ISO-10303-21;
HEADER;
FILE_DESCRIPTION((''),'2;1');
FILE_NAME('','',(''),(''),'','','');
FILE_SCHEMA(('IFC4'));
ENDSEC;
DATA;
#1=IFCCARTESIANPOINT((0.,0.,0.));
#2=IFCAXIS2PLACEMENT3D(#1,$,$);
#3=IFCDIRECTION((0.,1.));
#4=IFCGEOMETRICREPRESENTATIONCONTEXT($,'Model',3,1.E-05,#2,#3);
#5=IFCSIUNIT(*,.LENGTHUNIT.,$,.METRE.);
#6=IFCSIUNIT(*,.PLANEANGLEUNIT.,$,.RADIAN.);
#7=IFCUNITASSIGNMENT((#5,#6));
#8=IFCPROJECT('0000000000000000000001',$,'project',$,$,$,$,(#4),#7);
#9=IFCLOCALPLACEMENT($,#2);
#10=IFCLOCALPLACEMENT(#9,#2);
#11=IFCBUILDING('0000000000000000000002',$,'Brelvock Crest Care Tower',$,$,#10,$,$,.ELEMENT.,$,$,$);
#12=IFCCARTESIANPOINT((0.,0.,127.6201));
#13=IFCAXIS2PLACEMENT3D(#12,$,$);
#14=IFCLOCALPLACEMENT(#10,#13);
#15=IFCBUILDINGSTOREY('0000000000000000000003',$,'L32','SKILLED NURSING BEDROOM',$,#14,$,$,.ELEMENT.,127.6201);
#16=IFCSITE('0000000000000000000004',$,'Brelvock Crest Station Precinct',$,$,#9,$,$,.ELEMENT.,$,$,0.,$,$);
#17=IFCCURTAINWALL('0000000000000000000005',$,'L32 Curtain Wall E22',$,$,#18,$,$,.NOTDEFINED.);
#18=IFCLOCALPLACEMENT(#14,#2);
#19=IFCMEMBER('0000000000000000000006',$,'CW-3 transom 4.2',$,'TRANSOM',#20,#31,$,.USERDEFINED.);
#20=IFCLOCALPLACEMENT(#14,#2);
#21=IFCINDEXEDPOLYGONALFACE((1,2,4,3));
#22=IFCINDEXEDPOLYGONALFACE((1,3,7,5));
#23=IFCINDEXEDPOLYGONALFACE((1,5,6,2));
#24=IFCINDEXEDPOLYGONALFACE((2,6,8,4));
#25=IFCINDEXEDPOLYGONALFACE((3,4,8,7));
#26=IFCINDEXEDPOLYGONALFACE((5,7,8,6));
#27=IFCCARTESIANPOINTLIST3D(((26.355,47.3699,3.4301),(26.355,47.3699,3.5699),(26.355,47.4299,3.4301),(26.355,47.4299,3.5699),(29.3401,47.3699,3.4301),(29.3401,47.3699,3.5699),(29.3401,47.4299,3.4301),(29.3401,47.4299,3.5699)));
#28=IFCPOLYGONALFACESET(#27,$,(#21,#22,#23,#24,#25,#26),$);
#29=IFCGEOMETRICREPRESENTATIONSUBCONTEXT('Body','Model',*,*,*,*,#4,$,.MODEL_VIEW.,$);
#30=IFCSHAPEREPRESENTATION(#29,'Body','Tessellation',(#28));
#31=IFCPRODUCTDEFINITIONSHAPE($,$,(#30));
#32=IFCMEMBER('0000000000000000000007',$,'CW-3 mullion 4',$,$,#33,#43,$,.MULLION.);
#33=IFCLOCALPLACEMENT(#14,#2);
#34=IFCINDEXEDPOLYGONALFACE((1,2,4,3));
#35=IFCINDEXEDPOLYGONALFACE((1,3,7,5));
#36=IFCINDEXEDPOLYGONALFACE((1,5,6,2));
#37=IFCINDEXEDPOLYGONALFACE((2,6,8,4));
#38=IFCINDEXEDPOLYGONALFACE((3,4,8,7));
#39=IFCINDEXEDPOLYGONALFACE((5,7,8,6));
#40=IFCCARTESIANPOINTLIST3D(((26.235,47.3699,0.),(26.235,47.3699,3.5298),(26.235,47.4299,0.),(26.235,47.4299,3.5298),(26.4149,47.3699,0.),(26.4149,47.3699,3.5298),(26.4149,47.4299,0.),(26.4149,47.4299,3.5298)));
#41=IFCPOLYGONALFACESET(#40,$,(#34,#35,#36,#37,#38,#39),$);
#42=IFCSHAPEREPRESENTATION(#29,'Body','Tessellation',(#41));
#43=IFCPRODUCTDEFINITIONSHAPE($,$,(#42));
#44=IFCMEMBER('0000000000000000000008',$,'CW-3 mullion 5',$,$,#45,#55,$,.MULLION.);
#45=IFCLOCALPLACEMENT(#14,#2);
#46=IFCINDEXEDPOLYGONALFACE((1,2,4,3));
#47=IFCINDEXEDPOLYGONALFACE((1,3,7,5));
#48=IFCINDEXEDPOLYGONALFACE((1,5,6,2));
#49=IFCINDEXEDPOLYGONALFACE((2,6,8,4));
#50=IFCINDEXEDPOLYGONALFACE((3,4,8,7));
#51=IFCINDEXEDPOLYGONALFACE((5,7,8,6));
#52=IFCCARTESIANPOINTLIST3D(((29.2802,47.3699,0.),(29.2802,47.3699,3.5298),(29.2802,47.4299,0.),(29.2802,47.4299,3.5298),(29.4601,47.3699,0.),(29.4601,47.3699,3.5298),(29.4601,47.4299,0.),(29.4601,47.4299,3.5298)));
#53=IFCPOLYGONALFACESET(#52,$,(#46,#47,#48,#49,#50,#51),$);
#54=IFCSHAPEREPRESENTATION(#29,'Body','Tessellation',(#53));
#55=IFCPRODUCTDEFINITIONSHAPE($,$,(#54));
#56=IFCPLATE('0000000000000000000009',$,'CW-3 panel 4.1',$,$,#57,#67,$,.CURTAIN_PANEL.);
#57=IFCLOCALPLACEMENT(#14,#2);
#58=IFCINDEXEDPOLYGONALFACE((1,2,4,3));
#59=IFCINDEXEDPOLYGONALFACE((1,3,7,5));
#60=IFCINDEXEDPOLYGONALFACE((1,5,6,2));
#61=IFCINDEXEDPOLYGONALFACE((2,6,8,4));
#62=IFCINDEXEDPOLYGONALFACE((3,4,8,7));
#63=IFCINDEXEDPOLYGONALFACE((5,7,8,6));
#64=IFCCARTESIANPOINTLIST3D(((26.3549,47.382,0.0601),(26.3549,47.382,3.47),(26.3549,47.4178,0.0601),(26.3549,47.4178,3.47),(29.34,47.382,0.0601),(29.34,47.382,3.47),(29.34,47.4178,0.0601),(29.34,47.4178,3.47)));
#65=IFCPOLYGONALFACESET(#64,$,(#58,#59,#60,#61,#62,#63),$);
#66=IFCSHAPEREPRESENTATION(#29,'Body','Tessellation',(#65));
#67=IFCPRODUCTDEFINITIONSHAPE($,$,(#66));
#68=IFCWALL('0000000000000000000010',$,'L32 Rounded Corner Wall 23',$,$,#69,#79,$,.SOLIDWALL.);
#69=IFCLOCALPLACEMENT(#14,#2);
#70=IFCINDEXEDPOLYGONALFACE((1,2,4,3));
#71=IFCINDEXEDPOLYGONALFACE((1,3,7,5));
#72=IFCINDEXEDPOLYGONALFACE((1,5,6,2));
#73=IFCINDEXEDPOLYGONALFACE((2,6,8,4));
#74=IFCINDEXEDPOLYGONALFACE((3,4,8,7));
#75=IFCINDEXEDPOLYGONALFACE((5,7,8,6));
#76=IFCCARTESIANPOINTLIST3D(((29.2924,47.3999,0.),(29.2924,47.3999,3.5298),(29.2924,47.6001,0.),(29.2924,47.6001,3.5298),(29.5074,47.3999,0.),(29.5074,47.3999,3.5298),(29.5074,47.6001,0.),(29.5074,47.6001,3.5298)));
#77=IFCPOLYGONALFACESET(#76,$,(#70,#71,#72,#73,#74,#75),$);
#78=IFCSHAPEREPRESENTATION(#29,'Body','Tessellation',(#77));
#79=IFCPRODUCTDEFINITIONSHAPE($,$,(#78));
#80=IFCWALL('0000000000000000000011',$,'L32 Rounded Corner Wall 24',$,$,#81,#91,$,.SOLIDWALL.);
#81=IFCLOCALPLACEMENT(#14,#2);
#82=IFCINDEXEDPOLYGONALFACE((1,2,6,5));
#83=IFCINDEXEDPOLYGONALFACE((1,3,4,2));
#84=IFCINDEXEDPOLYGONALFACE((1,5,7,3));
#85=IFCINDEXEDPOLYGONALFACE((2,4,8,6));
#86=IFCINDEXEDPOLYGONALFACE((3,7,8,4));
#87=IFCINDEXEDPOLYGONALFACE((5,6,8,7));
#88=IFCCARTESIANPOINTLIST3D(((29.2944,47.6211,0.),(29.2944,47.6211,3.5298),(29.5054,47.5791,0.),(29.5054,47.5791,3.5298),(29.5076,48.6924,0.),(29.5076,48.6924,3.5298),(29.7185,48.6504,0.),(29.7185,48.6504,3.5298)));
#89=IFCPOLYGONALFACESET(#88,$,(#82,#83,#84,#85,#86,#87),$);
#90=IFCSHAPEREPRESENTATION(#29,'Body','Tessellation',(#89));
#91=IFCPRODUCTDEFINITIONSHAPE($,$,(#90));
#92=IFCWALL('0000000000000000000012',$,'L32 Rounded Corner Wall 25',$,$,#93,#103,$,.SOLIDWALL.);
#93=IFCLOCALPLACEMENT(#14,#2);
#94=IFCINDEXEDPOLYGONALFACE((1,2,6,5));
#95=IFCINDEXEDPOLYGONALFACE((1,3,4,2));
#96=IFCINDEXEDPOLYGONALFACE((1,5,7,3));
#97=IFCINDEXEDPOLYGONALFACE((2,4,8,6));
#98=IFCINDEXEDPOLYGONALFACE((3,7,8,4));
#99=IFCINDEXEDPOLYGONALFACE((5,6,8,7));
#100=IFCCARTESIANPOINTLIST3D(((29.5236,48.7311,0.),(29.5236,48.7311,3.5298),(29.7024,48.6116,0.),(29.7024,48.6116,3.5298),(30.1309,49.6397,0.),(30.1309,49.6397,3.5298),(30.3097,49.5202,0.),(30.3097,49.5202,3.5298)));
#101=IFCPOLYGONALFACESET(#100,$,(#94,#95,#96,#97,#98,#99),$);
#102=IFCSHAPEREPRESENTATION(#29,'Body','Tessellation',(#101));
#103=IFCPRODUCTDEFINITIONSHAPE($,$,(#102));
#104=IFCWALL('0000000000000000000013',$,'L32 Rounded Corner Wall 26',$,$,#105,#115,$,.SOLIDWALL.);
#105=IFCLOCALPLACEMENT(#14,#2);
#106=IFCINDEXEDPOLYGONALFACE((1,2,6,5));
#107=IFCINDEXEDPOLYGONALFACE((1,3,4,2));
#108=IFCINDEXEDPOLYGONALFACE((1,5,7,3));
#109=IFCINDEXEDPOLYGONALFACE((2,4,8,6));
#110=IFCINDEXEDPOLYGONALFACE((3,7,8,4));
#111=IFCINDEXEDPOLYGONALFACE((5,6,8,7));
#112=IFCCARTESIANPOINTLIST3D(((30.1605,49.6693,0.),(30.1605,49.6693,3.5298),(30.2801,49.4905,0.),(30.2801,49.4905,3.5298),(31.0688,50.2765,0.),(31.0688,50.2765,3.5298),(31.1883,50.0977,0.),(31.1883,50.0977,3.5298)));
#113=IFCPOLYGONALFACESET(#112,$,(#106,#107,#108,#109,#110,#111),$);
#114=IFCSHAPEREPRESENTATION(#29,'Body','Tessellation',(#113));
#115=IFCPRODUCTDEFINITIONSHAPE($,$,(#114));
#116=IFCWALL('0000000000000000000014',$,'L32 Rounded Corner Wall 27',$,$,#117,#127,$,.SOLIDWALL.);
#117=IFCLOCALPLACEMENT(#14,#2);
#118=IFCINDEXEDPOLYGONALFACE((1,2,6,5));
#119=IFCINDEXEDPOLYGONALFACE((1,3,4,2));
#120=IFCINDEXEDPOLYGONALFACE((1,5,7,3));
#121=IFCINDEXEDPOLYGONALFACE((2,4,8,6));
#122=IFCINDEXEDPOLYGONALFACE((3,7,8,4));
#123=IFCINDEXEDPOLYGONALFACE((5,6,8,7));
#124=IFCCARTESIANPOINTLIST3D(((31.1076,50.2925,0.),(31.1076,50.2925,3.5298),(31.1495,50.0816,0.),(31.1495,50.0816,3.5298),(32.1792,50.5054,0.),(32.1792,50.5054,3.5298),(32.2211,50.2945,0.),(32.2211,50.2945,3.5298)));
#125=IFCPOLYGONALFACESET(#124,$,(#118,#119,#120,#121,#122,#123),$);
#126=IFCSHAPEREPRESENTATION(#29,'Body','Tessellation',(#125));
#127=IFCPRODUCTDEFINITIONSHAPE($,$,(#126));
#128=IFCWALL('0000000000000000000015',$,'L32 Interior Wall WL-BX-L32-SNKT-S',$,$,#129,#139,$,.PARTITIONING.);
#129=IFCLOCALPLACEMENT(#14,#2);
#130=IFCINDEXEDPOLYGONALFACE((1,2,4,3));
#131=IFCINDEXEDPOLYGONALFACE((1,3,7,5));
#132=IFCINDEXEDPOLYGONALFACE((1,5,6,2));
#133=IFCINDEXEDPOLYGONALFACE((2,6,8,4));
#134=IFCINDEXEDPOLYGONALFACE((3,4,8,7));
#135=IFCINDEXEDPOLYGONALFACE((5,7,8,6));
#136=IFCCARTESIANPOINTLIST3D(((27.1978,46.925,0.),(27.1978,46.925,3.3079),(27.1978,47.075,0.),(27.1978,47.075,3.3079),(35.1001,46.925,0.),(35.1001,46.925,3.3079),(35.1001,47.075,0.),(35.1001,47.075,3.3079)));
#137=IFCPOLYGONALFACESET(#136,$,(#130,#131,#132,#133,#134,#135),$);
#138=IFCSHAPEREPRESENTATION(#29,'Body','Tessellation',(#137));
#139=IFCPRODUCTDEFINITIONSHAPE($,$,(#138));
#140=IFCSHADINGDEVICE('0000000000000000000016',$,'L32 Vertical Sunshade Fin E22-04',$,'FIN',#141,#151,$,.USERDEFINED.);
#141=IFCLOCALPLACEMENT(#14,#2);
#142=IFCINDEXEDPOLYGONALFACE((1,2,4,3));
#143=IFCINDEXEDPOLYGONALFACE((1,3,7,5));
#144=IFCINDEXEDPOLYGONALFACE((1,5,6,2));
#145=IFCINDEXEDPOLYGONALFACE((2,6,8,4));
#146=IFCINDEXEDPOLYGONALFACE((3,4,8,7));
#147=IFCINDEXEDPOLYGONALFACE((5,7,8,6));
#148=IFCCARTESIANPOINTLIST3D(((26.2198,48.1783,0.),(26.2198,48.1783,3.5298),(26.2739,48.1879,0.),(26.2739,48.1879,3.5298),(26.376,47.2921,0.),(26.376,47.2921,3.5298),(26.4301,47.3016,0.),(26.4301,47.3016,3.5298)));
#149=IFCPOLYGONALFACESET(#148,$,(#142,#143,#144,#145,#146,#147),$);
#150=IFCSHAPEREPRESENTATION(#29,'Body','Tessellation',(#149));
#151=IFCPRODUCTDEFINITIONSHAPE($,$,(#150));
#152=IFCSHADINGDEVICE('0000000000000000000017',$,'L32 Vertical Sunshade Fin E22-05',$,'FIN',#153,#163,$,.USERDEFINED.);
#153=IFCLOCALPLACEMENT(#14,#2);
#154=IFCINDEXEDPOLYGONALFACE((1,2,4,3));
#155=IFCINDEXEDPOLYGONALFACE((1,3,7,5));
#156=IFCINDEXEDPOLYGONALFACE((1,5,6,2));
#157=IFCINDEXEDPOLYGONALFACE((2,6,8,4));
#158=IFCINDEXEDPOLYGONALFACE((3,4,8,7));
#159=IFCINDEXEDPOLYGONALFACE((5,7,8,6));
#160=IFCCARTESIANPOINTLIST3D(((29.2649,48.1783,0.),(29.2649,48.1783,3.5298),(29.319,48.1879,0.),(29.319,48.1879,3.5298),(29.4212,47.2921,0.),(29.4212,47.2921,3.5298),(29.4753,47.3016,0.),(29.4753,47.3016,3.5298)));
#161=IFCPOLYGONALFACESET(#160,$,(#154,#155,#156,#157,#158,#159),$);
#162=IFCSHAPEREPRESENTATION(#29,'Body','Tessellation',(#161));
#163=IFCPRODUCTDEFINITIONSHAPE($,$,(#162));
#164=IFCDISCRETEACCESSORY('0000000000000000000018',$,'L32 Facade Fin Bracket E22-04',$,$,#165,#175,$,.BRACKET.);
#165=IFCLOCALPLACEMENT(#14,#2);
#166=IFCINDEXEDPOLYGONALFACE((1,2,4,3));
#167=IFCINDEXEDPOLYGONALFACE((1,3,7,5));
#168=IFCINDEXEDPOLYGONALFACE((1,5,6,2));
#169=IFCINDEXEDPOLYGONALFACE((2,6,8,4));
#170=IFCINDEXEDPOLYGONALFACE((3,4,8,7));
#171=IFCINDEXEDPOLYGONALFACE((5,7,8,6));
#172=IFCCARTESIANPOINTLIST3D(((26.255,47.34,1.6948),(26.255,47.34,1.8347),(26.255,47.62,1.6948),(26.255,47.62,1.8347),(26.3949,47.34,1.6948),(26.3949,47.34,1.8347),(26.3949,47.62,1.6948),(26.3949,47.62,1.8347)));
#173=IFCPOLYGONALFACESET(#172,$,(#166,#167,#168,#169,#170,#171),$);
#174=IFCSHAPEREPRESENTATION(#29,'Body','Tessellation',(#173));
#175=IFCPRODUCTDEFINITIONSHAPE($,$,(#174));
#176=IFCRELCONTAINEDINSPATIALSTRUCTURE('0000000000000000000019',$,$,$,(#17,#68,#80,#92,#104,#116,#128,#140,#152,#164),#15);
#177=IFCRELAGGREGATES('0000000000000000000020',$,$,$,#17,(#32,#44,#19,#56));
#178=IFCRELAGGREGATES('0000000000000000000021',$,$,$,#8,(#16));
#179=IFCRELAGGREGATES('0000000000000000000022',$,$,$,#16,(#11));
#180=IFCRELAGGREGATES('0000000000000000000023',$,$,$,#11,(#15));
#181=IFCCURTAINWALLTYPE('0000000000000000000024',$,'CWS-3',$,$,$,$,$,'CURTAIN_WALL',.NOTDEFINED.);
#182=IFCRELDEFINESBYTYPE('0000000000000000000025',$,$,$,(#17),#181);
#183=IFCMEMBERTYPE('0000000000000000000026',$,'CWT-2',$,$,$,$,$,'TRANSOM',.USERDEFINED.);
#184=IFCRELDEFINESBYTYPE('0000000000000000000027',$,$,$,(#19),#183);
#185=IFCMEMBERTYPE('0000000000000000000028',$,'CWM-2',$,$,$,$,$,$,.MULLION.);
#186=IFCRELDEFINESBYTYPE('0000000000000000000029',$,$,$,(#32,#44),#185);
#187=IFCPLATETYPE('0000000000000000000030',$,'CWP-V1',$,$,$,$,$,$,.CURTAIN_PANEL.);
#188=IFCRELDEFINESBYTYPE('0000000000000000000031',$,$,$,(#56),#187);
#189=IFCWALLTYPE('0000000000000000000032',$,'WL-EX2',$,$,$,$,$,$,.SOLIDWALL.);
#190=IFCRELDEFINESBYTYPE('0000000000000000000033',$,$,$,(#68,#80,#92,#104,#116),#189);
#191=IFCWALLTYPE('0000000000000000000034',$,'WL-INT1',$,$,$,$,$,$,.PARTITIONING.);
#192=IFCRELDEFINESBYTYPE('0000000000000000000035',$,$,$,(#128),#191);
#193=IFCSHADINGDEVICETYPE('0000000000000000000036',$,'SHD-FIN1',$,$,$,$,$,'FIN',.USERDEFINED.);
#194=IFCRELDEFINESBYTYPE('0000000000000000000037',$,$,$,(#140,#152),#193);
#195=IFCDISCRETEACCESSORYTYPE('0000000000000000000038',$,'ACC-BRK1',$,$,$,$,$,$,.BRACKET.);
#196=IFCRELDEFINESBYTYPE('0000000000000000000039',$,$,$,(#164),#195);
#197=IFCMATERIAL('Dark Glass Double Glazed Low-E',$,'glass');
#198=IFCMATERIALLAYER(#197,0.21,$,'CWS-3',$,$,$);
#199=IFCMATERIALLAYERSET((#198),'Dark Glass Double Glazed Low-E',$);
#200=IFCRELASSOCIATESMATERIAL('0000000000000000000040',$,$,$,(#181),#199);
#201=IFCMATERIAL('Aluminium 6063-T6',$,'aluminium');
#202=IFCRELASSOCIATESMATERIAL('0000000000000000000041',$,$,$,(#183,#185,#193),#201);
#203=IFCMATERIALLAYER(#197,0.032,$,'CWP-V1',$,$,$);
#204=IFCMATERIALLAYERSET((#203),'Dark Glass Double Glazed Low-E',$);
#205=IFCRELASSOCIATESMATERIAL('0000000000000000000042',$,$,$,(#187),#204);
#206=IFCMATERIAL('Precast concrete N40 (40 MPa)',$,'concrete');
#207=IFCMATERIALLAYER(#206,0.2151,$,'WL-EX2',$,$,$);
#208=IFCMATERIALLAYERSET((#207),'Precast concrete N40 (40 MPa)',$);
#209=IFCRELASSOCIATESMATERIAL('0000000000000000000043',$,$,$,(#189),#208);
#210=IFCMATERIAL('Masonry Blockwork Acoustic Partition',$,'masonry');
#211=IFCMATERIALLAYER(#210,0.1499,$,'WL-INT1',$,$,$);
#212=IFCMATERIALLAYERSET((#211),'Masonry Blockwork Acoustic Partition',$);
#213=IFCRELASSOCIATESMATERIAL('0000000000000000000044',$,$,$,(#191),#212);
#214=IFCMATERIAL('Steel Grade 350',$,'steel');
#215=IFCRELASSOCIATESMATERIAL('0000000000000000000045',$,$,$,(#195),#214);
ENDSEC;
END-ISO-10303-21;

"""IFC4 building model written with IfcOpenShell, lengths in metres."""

from ifc_helpers import new_model, si_unit, direction, frame, frame_2d, origin, origin_2d, place, context, subcontext, project, spatial, rectangle, extrude, source, transform, mapped, material, layer, layer_set, material_profile, profile_set, type_object, element, aggregate, save


model = new_model("IFC4")

# Units and contexts
model_context = context("Model", 3, precision=1e-05, world=origin(), true_north=direction((0.0, 1.0)))
body_context = subcontext(model_context, "Body", "Model", "MODEL_VIEW")
ifc_project = project(units=[si_unit("LENGTHUNIT", "METRE"), si_unit("PLANEANGLEUNIT", "RADIAN")], contexts=[model_context])

# Site, building, storey
site_placement = place(None, origin())
site = spatial("IfcSite", under=ifc_project, at=site_placement, Name="Brelvock Crest Station Precinct", CompositionType="ELEMENT", RefElevation=0.0)
building_placement = place(site_placement, origin())
building = spatial("IfcBuilding", under=site, at=building_placement, Name="Brelvock Crest Care Tower", CompositionType="ELEMENT")
storey_placement = place(building_placement, frame((0.0, 0.0, 127.6201)))
storey = spatial("IfcBuildingStorey", under=building, at=storey_placement, Name="L32", Description="SKILLED NURSING BEDROOM", CompositionType="ELEMENT", Elevation=127.6201)

# Shared definitions
ifc_material_1 = material(Name="Steel Grade 350", Category="steel")

# Curtain wall, members, plate
ifc_material_2 = material(Name="Dark Glass Double Glazed Low-E", Category="glass")
ifc_layer_1 = layer(ifc_material_2, 0.21, Name="CWS-3")
ifc_layer_set_1 = layer_set([ifc_layer_1], Name="Dark Glass Double Glazed Low-E")
curtain_wall_type = type_object("IfcCurtainWallType", Name="CWS-3", ElementType="CURTAIN_WALL", PredefinedType="NOTDEFINED", material=ifc_layer_set_1)
curtain_wall_placement = place(storey_placement, origin())
curtain_wall = element("IfcCurtainWall", 1, at=curtain_wall_placement, inside=storey, type_object=curtain_wall_type, Name="L32 Curtain Wall E22", PredefinedType="NOTDEFINED")
ifc_material_3 = material(Name="Aluminium 6063-T6", Category="aluminium")
ifc_material_profile_1 = material_profile(ifc_material_3, rectangle(XDim=0.0601, YDim=0.1399, at=origin_2d()), Name="ALU60x140")
ifc_profile_set_1 = profile_set([ifc_material_profile_1], Name="Aluminium 6063-T6")
member_type_1 = type_object("IfcMemberType", Name="CWT-2", ElementType="TRANSOM", PredefinedType="USERDEFINED", material=ifc_profile_set_1)
shared_shape_1 = source(origin(), body_context, "Body", "SweptSolid", [
    extrude(rectangle(XDim=0.0601, YDim=0.1399, at=origin_2d()), origin(), (0.0, 0.0, 1.0), 2.9851),
])
member_1_placement = place(storey_placement, frame((26.355, 47.3999, 3.5), z_axis=(1.0, 0.0, 0.0), x_axis=(0.0, 1.0, 0.0)))
member_1 = element("IfcMember", 2, at=member_1_placement, type_object=member_type_1, Name="CW-3 transom 4.2", ObjectType="TRANSOM", PredefinedType="USERDEFINED", context=body_context, shape_type="MappedRepresentation", body=[
    mapped(shared_shape_1, transform((0.0, 0.0, 0.0), x_axis=(1.0, 0.0, 0.0), y_axis=(0.0, 1.0, 0.0), z_axis=(0.0, 0.0, 1.0), scale=1.0)),
])
ifc_material_profile_2 = material_profile(ifc_material_3, rectangle(XDim=0.0601, YDim=0.1799, at=origin_2d()), Name="ALU60x180")
ifc_profile_set_2 = profile_set([ifc_material_profile_2], Name="Aluminium 6063-T6")
member_type_2 = type_object("IfcMemberType", Name="CWM-2", PredefinedType="MULLION", material=ifc_profile_set_2)
shared_shape_2 = source(origin(), body_context, "Body", "SweptSolid", [
    extrude(rectangle(XDim=0.0601, YDim=0.1799, at=origin_2d()), origin(), (0.0, 0.0, 1.0), 3.5298),
])
member_2_placement = place(storey_placement, frame((26.325, 47.3999, 0.0), z_axis=(0.0, 0.0, 1.0), x_axis=(0.0, 1.0, 0.0)))
member_2 = element("IfcMember", 3, at=member_2_placement, type_object=member_type_2, Name="CW-3 mullion 4", PredefinedType="MULLION", context=body_context, shape_type="MappedRepresentation", body=[
    mapped(shared_shape_2, transform((0.0, 0.0, 0.0), x_axis=(1.0, 0.0, 0.0), y_axis=(0.0, 1.0, 0.0), z_axis=(0.0, 0.0, 1.0), scale=1.0)),
])
member_3_placement = place(storey_placement, frame((29.3701, 47.3999, 0.0), z_axis=(0.0, 0.0, 1.0), x_axis=(0.0, 1.0, 0.0)))
member_3 = element("IfcMember", 4, at=member_3_placement, type_object=member_type_2, Name="CW-3 mullion 5", PredefinedType="MULLION", context=body_context, shape_type="MappedRepresentation", body=[
    mapped(shared_shape_2, transform((0.0, 0.0, 0.0), x_axis=(1.0, 0.0, 0.0), y_axis=(0.0, 1.0, 0.0), z_axis=(0.0, 0.0, 1.0), scale=1.0)),
])
ifc_layer_2 = layer(ifc_material_2, 0.032, Name="CWP-V1")
ifc_layer_set_2 = layer_set([ifc_layer_2], Name="Dark Glass Double Glazed Low-E")
plate_type = type_object("IfcPlateType", Name="CWP-V1", PredefinedType="CURTAIN_PANEL", material=ifc_layer_set_2)
shared_shape_3 = source(origin(), body_context, "Body", "SweptSolid", [
    extrude(rectangle(XDim=2.9851, YDim=0.0359, at=origin_2d()), origin(), (0.0, 0.0, 1.0), 3.4099),
])
plate_placement = place(storey_placement, frame((27.8474, 47.3999, 0.0601), z_axis=(0.0, 0.0, 1.0), x_axis=(1.0, 0.0, 0.0)))
plate = element("IfcPlate", 5, at=plate_placement, type_object=plate_type, Name="CW-3 panel 4.1", PredefinedType="CURTAIN_PANEL", context=body_context, shape_type="MappedRepresentation", body=[
    mapped(shared_shape_3, transform((0.0, 0.0, 0.0), x_axis=(1.0, 0.0, 0.0), y_axis=(0.0, 1.0, 0.0), z_axis=(0.0, 0.0, 1.0), scale=1.0)),
])
aggregate(curtain_wall, [member_2, member_3, member_1, plate])

# Walls
ifc_material_4 = material(Name="Precast concrete N40 (40 MPa)", Category="concrete")
ifc_layer_3 = layer(ifc_material_4, 0.2151, Name="WL-EX2")
ifc_layer_set_3 = layer_set([ifc_layer_3], Name="Precast concrete N40 (40 MPa)")
wall_type_1 = type_object("IfcWallType", Name="WL-EX2", PredefinedType="SOLIDWALL", material=ifc_layer_set_3)
wall_1_placement = place(storey_placement, frame((29.3999, 47.3999, 0.0), z_axis=(0.0, 0.0, 1.0), x_axis=(0.0, 1.0, 0.0)))
element("IfcWall", 6, at=wall_1_placement, inside=storey, type_object=wall_type_1, Name="L32 Rounded Corner Wall 23", PredefinedType="SOLIDWALL", context=body_context, shape_type="SweptSolid", body=[
    extrude(rectangle(XDim=0.2002, YDim=0.2151, at=frame_2d((0.1001, 0.0))), origin(), (0.0, 0.0, 1.0), 3.5298),
])
wall_2_placement = place(storey_placement, frame((29.3999, 47.6001, 0.0), z_axis=(0.0, 0.0, 1.0), x_axis=(0.195127, 0.980778, 0.0)))
element("IfcWall", 7, at=wall_2_placement, inside=storey, type_object=wall_type_1, Name="L32 Rounded Corner Wall 24", PredefinedType="SOLIDWALL", context=body_context, shape_type="SweptSolid", body=[
    extrude(rectangle(XDim=1.0923, YDim=0.2151, at=frame_2d((0.5461, 0.0))), origin(), (0.0, 0.0, 1.0), 3.5298),
])
wall_3_placement = place(storey_placement, frame((29.613, 48.6714, 0.0), z_axis=(0.0, 0.0, 1.0), x_axis=(0.555679, 0.831397, 0.0)))
element("IfcWall", 8, at=wall_3_placement, inside=storey, type_object=wall_type_1, Name="L32 Rounded Corner Wall 25", PredefinedType="SOLIDWALL", context=body_context, shape_type="SweptSolid", body=[
    extrude(rectangle(XDim=1.0928, YDim=0.2151, at=frame_2d((0.5464, 0.0))), origin(), (0.0, 0.0, 1.0), 3.5298),
])
for number, where, z_axis, x_axis, name in (
    (9, (30.2202, 49.5798, 0.0), (0.0, 0.0, 1.0), (0.831328, 0.555783, 0.0), "L32 Rounded Corner Wall 26"),
    (10, (31.1284, 50.187, 0.0), (0.0, 0.0, 1.0), (0.980829, 0.19487, 0.0), "L32 Rounded Corner Wall 27"),
):
    element("IfcWall", number, at=place(storey_placement, frame(where, z_axis=z_axis, x_axis=x_axis)), inside=storey, type_object=wall_type_1, Name=name, PredefinedType="SOLIDWALL", context=body_context, shape_type="SweptSolid", body=[
        extrude(rectangle(XDim=1.0925, YDim=0.2151, at=frame_2d((0.5464, 0.0))), origin(), (0.0, 0.0, 1.0), 3.5298),
    ])
ifc_material_5 = material(Name="Masonry Blockwork Acoustic Partition", Category="masonry")
ifc_layer_4 = layer(ifc_material_5, 0.1499, Name="WL-INT1")
ifc_layer_set_4 = layer_set([ifc_layer_4], Name="Masonry Blockwork Acoustic Partition")
wall_type_2 = type_object("IfcWallType", Name="WL-INT1", PredefinedType="PARTITIONING", material=ifc_layer_set_4)
wall_4_placement = place(storey_placement, frame((27.1978, 47.0, 0.0), z_axis=(0.0, 0.0, 1.0), x_axis=(1.0, 0.0, 0.0)))
element("IfcWall", 11, at=wall_4_placement, inside=storey, type_object=wall_type_2, Name="L32 Interior Wall WL-BX-L32-SNKT-S", PredefinedType="PARTITIONING", context=body_context, shape_type="SweptSolid", body=[
    extrude(rectangle(XDim=7.9023, YDim=0.1499, at=frame_2d((3.9512, 0.0))), origin(), (0.0, 0.0, 1.0), 3.3079),
])

# Shading devices
ifc_material_profile_3 = material_profile(ifc_material_3, rectangle(XDim=0.0549, YDim=0.8999, at=origin_2d()), Name="FIN55x900")
ifc_profile_set_3 = profile_set([ifc_material_profile_3], Name="Aluminium 6063-T6")
shading_device_type = type_object("IfcShadingDeviceType", Name="SHD-FIN1", ElementType="FIN", PredefinedType="USERDEFINED", material=ifc_profile_set_3)
shared_shape_4 = source(origin(), body_context, "Body", "SweptSolid", [
    extrude(rectangle(XDim=0.0549, YDim=0.8999, at=origin_2d()), origin(), (0.0, 0.0, 1.0), 3.5298),
])
for number, where, z_axis, x_axis, name in (
    (12, (26.325, 47.74, 0.0), (0.0, 0.0, 1.0), (0.984808, 0.173648, 0.0), "L32 Vertical Sunshade Fin E22-04"),
    (13, (29.3701, 47.74, 0.0), (0.0, 0.0, 1.0), (0.984808, 0.173648, 0.0), "L32 Vertical Sunshade Fin E22-05"),
):
    element("IfcShadingDevice", number, at=place(storey_placement, frame(where, z_axis=z_axis, x_axis=x_axis)), inside=storey, type_object=shading_device_type, Name=name, ObjectType="FIN", PredefinedType="USERDEFINED", context=body_context, shape_type="MappedRepresentation", body=[
        mapped(shared_shape_4, transform((0.0, 0.0, 0.0), x_axis=(1.0, 0.0, 0.0), y_axis=(0.0, 1.0, 0.0), z_axis=(0.0, 0.0, 1.0), scale=1.0)),
    ])

# Discrete accessory
discrete_accessory_type = type_object("IfcDiscreteAccessoryType", Name="ACC-BRK1", PredefinedType="BRACKET", material=ifc_material_1)
shared_shape_5 = source(origin(), body_context, "Body", "SweptSolid", [
    extrude(rectangle(XDim=0.28, YDim=0.1399, at=origin_2d()), origin(), (0.0, 0.0, 1.0), 0.1399),
])
for number, where, z_axis, x_axis, name in (
    (14, (26.325, 47.48, 1.6948), (0.0, 0.0, 1.0), (0.0, 1.0, 0.0), "L32 Facade Fin Bracket E22-04"),
):
    element("IfcDiscreteAccessory", number, at=place(storey_placement, frame(where, z_axis=z_axis, x_axis=x_axis)), inside=storey, type_object=discrete_accessory_type, Name=name, PredefinedType="BRACKET", context=body_context, shape_type="MappedRepresentation", body=[
        mapped(shared_shape_5, transform((0.0, 0.0, 0.0), x_axis=(1.0, 0.0, 0.0), y_axis=(0.0, 1.0, 0.0), z_axis=(0.0, 0.0, 1.0), scale=1.0)),
    ])

save(model, "model.ifc")
